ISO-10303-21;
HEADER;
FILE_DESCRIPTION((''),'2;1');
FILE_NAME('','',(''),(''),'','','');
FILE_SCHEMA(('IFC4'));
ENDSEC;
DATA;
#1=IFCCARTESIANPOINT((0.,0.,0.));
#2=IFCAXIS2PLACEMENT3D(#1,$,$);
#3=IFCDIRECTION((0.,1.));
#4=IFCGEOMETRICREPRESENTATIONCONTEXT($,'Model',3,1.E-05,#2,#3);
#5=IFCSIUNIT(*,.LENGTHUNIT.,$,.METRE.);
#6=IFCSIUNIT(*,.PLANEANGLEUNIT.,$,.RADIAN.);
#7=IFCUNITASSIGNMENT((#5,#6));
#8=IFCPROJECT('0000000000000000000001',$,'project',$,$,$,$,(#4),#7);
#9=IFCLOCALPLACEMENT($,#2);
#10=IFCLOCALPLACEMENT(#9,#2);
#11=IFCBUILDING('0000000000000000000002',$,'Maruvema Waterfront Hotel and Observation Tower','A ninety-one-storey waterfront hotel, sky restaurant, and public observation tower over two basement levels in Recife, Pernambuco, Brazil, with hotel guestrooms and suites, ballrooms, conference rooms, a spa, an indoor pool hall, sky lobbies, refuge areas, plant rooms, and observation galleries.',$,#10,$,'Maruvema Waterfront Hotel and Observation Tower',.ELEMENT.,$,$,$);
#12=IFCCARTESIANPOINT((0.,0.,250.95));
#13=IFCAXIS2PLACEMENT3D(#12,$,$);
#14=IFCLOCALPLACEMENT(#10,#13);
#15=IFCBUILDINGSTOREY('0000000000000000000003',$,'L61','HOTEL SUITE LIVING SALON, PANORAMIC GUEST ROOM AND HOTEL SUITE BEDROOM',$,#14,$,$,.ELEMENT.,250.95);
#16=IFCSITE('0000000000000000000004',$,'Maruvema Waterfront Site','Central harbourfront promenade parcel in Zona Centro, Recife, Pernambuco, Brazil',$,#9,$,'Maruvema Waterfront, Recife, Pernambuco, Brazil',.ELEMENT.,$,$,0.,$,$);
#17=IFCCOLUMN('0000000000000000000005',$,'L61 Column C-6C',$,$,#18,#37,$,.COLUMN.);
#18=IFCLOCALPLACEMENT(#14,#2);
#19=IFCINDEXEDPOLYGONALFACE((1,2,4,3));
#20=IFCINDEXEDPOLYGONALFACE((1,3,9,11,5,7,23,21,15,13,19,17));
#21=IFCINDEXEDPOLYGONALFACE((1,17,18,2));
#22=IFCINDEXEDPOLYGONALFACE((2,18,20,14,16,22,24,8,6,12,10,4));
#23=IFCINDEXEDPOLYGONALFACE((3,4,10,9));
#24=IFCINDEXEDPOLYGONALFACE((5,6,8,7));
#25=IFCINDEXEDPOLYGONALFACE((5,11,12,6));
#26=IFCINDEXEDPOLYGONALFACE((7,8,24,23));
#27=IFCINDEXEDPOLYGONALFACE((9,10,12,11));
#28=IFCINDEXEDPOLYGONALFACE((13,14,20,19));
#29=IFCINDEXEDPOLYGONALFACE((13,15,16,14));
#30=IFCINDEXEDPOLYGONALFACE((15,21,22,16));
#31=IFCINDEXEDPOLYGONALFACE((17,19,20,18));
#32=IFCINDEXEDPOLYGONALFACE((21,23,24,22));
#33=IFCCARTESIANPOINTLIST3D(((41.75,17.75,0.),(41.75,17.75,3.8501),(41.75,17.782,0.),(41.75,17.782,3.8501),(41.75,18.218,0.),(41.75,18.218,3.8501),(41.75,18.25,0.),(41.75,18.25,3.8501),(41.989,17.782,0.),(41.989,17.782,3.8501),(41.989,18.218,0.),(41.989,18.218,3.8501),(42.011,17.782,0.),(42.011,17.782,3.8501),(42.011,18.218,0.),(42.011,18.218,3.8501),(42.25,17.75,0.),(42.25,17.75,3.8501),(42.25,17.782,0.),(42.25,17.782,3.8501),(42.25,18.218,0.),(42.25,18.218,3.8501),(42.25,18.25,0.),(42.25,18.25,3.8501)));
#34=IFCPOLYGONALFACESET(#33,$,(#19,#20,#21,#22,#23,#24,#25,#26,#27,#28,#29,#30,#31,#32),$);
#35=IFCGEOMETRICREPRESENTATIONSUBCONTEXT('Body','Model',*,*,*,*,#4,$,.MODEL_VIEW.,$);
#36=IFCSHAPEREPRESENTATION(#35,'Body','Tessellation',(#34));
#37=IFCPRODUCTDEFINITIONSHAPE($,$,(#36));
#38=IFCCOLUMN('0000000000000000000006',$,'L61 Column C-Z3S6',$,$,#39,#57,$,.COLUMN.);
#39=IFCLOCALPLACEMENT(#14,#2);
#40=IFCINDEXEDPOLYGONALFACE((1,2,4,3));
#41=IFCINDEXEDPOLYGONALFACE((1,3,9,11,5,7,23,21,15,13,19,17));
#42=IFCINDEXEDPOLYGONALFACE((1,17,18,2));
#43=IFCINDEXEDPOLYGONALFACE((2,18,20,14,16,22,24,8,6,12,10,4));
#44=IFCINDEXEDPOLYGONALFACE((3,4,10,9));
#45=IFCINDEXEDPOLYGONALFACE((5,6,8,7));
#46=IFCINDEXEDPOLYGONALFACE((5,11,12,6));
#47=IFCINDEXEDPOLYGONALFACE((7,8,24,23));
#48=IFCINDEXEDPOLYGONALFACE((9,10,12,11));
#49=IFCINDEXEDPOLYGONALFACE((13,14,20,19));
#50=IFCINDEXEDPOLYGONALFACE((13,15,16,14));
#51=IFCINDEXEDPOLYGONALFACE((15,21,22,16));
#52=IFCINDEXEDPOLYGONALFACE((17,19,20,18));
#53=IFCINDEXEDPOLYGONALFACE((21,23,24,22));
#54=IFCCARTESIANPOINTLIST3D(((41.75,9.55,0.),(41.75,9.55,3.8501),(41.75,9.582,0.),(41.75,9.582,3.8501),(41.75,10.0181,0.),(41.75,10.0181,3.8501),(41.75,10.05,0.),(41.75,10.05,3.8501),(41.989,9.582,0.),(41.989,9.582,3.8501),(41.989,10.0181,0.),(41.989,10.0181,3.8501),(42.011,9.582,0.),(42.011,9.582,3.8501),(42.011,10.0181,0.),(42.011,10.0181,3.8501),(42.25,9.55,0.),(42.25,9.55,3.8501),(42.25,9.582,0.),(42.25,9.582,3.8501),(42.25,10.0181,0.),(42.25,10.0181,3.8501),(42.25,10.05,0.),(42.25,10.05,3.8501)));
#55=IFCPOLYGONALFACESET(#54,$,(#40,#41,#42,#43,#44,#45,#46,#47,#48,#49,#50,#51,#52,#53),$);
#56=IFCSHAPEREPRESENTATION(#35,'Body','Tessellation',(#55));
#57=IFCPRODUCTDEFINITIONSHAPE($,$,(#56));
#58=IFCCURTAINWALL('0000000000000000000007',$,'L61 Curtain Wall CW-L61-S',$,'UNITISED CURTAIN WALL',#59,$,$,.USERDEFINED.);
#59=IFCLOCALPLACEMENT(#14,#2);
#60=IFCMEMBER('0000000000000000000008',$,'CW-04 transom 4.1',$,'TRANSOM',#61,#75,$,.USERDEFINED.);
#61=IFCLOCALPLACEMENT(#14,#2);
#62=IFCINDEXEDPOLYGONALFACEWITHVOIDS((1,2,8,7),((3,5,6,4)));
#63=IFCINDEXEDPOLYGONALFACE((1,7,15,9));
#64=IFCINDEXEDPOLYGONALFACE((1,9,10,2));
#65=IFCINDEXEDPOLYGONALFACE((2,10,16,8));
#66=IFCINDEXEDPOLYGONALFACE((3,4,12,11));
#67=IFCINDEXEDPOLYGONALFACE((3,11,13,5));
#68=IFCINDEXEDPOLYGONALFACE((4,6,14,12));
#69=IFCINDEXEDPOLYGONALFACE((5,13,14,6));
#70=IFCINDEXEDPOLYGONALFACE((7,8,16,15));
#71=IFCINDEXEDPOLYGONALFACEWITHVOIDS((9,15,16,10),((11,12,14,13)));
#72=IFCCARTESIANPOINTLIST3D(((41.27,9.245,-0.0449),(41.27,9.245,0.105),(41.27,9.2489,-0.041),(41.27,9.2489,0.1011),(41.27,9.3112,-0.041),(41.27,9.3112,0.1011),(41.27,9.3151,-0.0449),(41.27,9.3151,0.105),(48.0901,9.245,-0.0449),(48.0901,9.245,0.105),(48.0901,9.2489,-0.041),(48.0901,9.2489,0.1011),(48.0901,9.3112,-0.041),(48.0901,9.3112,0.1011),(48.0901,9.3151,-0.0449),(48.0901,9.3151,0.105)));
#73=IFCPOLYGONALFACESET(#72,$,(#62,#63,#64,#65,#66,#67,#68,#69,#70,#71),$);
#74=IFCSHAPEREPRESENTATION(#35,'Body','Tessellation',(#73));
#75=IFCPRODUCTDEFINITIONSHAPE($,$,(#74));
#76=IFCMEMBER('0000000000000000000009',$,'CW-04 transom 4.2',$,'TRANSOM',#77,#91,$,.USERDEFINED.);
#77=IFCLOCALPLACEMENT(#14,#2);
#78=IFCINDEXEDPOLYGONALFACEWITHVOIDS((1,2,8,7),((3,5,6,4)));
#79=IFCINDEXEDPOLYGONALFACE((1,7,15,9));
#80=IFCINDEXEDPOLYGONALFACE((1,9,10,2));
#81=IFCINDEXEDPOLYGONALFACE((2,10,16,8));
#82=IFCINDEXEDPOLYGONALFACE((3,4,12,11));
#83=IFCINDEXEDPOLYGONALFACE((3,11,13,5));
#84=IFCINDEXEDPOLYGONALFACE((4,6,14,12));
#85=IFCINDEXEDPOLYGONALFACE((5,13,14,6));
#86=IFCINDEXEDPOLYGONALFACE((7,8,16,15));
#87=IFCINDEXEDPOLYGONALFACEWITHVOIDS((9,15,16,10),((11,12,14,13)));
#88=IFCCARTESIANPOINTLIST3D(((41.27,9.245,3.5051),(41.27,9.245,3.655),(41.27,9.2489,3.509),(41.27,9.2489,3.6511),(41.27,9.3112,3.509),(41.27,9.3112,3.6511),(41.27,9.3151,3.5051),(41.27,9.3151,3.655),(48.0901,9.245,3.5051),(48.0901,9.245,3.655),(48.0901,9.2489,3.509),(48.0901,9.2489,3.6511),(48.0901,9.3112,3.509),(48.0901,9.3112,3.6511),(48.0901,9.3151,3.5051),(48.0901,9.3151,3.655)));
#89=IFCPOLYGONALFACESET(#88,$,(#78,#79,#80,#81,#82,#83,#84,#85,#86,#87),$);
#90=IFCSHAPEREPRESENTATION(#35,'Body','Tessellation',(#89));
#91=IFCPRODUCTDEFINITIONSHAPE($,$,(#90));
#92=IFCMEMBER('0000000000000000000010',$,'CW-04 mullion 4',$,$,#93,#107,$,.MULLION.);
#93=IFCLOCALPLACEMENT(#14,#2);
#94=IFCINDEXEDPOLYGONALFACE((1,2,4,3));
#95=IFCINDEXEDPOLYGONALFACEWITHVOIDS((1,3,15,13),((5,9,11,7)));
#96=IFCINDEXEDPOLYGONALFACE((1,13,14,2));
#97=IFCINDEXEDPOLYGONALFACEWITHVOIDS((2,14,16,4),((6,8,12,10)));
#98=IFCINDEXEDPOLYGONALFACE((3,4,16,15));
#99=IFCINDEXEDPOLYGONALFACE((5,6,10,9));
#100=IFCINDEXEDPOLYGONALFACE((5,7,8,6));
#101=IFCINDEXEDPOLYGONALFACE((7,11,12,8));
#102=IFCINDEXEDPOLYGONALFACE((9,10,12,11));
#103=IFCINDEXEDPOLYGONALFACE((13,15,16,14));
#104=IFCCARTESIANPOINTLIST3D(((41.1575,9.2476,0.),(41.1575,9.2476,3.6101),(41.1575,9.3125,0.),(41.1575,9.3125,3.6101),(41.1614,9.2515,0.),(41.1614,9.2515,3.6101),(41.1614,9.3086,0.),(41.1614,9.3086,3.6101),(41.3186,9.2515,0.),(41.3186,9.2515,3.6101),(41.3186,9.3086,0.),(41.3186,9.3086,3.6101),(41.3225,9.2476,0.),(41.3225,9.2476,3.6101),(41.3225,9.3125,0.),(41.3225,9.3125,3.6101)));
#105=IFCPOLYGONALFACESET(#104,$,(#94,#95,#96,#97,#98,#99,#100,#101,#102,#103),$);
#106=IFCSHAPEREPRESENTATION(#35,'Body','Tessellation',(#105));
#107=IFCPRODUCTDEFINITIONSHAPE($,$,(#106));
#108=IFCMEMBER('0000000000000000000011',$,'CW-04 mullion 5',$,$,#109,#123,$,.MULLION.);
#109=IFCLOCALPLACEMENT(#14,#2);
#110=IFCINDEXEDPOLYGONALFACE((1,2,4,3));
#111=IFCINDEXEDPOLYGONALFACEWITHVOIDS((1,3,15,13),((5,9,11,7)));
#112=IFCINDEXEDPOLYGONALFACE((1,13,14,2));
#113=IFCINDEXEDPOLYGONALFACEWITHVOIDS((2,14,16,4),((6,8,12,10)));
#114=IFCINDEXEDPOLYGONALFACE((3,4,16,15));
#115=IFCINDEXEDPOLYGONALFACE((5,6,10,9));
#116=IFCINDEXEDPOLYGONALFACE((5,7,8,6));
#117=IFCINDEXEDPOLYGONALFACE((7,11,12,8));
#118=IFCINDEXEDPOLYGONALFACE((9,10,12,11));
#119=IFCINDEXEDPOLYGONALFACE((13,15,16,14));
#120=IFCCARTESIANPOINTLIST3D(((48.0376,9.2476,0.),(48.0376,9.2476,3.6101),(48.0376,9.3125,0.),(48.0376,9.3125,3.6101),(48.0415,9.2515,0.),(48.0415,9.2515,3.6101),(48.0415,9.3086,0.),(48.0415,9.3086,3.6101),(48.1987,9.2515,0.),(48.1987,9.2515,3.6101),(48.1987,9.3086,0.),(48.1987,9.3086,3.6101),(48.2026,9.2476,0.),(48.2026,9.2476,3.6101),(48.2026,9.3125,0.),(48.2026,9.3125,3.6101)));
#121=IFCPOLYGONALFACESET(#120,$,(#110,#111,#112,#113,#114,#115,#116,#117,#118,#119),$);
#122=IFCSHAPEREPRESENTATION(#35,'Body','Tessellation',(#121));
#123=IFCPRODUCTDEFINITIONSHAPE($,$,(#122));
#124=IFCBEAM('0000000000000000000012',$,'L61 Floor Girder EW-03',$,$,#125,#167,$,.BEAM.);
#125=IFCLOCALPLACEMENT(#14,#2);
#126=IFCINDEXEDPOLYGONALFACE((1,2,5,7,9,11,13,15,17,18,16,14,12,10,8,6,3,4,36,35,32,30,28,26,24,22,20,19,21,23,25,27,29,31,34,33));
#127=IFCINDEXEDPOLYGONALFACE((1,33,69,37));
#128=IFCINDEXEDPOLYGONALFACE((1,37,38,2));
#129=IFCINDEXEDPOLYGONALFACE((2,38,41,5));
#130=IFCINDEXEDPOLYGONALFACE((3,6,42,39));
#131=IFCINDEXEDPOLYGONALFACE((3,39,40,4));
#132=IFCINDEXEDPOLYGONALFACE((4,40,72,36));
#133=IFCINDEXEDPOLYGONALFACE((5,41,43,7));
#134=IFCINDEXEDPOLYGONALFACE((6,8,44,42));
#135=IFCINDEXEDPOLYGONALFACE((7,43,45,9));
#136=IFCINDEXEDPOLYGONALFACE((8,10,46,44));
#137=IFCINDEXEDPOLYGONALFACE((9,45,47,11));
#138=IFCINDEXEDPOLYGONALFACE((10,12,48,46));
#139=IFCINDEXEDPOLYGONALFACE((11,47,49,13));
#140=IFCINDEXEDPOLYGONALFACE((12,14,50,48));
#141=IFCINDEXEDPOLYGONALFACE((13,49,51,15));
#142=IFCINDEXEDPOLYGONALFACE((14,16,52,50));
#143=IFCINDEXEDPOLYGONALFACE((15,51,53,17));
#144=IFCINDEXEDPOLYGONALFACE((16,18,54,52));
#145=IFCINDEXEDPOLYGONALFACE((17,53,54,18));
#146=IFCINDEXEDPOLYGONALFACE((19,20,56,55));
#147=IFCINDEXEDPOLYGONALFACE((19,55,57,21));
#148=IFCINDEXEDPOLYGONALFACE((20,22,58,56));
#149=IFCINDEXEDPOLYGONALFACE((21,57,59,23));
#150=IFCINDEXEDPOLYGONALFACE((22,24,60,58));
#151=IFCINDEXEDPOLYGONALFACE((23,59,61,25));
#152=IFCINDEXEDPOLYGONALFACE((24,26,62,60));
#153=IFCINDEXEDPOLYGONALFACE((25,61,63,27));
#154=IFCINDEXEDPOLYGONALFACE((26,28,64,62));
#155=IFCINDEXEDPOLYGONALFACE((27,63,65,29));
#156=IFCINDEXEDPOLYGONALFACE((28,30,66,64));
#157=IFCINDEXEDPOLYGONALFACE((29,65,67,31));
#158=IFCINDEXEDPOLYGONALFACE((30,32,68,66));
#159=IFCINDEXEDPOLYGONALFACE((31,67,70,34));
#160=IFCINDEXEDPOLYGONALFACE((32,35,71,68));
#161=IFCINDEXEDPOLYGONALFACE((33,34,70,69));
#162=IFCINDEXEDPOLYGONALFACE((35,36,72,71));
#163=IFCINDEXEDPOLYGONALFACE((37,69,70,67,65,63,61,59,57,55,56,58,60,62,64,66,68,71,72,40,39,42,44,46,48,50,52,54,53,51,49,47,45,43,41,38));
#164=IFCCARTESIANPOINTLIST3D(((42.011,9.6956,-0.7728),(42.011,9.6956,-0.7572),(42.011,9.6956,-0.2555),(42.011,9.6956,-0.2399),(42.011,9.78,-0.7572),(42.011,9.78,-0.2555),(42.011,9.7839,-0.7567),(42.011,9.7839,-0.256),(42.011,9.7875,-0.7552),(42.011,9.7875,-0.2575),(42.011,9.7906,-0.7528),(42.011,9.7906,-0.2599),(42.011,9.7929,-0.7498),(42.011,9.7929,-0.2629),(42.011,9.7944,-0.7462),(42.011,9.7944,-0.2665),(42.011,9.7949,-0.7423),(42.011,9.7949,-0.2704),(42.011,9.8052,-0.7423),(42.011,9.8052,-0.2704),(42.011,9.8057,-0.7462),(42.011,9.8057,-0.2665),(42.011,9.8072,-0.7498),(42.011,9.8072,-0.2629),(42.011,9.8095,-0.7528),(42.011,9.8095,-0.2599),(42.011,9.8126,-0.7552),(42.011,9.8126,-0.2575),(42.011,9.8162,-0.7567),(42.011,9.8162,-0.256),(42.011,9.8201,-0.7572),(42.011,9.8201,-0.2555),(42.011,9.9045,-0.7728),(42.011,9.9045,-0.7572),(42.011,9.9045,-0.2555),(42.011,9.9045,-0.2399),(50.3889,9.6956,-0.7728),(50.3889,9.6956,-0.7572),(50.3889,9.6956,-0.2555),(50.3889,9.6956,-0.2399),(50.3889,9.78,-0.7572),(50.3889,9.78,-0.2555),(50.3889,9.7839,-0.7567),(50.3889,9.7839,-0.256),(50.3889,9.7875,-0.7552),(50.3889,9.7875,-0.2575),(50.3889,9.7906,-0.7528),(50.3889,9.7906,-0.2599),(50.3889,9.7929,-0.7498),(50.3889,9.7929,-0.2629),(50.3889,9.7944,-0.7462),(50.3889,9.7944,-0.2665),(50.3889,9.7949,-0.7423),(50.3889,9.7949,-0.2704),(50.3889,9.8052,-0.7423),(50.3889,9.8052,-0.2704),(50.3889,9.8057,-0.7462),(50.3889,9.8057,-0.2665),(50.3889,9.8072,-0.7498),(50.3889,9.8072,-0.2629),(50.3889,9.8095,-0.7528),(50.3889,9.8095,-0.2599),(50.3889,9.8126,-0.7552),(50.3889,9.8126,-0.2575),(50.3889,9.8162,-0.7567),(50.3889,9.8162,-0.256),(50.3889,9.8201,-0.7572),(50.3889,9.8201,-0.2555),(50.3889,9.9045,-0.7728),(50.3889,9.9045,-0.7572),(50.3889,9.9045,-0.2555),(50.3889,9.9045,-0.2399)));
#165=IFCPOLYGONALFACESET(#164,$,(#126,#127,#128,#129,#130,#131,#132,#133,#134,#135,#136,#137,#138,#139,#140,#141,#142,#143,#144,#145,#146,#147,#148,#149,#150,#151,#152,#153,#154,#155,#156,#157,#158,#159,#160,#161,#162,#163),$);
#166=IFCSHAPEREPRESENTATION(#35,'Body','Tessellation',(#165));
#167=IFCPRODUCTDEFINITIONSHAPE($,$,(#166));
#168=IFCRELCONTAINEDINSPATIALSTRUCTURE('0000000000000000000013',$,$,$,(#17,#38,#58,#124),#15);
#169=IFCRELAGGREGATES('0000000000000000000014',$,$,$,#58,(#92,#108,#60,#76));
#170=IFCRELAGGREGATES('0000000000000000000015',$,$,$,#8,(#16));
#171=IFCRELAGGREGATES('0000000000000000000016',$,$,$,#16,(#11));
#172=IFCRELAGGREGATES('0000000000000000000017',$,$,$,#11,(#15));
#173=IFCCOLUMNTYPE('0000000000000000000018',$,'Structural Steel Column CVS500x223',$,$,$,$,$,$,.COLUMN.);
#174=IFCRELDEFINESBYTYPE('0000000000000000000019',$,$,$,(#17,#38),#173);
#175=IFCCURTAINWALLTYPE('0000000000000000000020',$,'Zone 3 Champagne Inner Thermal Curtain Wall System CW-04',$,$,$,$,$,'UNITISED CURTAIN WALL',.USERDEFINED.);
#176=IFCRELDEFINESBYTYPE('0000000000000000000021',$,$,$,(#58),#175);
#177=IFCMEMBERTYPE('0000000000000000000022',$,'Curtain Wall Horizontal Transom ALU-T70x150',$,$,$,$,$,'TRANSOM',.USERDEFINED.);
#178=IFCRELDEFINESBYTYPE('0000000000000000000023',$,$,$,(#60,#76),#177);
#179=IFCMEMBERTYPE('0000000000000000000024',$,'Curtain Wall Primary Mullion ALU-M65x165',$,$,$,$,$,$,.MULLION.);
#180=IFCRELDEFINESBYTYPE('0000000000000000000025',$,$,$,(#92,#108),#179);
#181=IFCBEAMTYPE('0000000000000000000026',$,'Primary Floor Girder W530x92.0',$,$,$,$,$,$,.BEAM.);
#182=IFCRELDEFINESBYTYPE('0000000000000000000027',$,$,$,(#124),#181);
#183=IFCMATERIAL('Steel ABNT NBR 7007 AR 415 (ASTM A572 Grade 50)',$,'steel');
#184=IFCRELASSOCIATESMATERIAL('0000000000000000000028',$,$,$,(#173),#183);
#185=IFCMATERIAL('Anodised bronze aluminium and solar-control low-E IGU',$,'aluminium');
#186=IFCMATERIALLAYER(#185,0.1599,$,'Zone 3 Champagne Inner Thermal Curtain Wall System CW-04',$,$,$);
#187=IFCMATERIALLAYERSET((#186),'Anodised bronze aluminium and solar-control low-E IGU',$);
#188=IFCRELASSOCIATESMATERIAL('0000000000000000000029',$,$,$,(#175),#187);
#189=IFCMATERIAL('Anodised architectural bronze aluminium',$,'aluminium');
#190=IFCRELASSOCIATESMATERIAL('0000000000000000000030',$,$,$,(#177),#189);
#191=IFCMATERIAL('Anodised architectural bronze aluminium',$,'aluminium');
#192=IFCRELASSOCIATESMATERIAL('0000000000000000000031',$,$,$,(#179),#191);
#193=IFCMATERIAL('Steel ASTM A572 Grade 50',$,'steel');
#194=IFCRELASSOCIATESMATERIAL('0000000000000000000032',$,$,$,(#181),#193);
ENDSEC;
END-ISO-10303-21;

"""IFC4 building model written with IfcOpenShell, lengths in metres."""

from ifc_helpers import new_model, si_unit, direction, frame, origin, origin_2d, place, context, subcontext, project, spatial, hollow_rectangle, i_section, extrude, material, layer, layer_set, material_profile, profile_set, type_object, element, aggregate, save


model = new_model("IFC4")

# Units and contexts
model_context = context("Model", 3, precision=1e-05, world=origin(), true_north=direction((0.0, 1.0)))
body_context = subcontext(model_context, "Body", "Model", "MODEL_VIEW")
ifc_project = project(units=[si_unit("LENGTHUNIT", "METRE"), si_unit("PLANEANGLEUNIT", "RADIAN")], contexts=[model_context])

# Site, building, storey
site_placement = place(None, origin())
site = spatial("IfcSite", under=ifc_project, at=site_placement, Name="Maruvema Waterfront Site", Description="Central harbourfront promenade parcel in Zona Centro, Recife, Pernambuco, Brazil", LongName="Maruvema Waterfront, Recife, Pernambuco, Brazil", CompositionType="ELEMENT", RefElevation=0.0)
building_placement = place(site_placement, origin())
building = spatial("IfcBuilding", under=site, at=building_placement, Name="Maruvema Waterfront Hotel and Observation Tower", Description="A ninety-one-storey waterfront hotel, sky restaurant, and public observation tower over two basement levels in Recife, Pernambuco, Brazil, with hotel guestrooms and suites, ballrooms, conference rooms, a spa, an indoor pool hall, sky lobbies, refuge areas, plant rooms, and observation galleries.", LongName="Maruvema Waterfront Hotel and Observation Tower", CompositionType="ELEMENT")
storey_placement = place(building_placement, frame((0.0, 0.0, 250.95)))
storey = spatial("IfcBuildingStorey", under=building, at=storey_placement, Name="L61", Description="HOTEL SUITE LIVING SALON, PANORAMIC GUEST ROOM AND HOTEL SUITE BEDROOM", CompositionType="ELEMENT", Elevation=250.95)

# Columns
ifc_material_1 = material(Name="Steel ABNT NBR 7007 AR 415 (ASTM A572 Grade 50)", Category="steel")
ifc_material_profile_1 = material_profile(ifc_material_1, i_section(OverallWidth=0.5, OverallDepth=0.5, WebThickness=0.022, FlangeThickness=0.032, at=origin_2d()), Name="CVS500x223")
ifc_profile_set_1 = profile_set([ifc_material_profile_1], Name="Steel ABNT NBR 7007 AR 415 (ASTM A572 Grade 50)")
column_type = type_object("IfcColumnType", Name="Structural Steel Column CVS500x223", PredefinedType="COLUMN", material=ifc_profile_set_1)
for number, where, z_axis, x_axis, name in (
    (1, (42.0, 18.0, 0.0), (0.0, 0.0, 1.0), (1.0, 0.0, 0.0), "L61 Column C-6C"),
    (2, (42.0, 9.8, 0.0), (0.0, 0.0, 1.0), (1.0, 0.0, 0.0), "L61 Column C-Z3S6"),
):
    element("IfcColumn", number, at=place(storey_placement, frame(where, z_axis=z_axis, x_axis=x_axis)), inside=storey, type_object=column_type, Name=name, PredefinedType="COLUMN", context=body_context, shape_type="SweptSolid", body=[
        extrude(i_section(OverallWidth=0.5, OverallDepth=0.5, WebThickness=0.022, FlangeThickness=0.032, at=origin_2d()), origin(), (0.0, 0.0, 1.0), 3.8501),
    ])

# Curtain wall, members
ifc_material_2 = material(Name="Anodised bronze aluminium and solar-control low-E IGU", Category="aluminium")
ifc_layer_1 = layer(ifc_material_2, 0.1599, Name="Zone 3 Champagne Inner Thermal Curtain Wall System CW-04")
ifc_layer_set_1 = layer_set([ifc_layer_1], Name="Anodised bronze aluminium and solar-control low-E IGU")
curtain_wall_type = type_object("IfcCurtainWallType", Name="Zone 3 Champagne Inner Thermal Curtain Wall System CW-04", ElementType="UNITISED CURTAIN WALL", PredefinedType="USERDEFINED", material=ifc_layer_set_1)
curtain_wall_placement = place(storey_placement, origin())
curtain_wall = element("IfcCurtainWall", 3, at=curtain_wall_placement, inside=storey, type_object=curtain_wall_type, Name="L61 Curtain Wall CW-L61-S", ObjectType="UNITISED CURTAIN WALL", PredefinedType="USERDEFINED")
ifc_material_3 = material(Name="Anodised architectural bronze aluminium", Category="aluminium")
ifc_material_profile_2 = material_profile(ifc_material_3, hollow_rectangle(XDim=0.0701, YDim=0.1499, WallThickness=0.0039, at=origin_2d()), Name="ALU-T70x150")
ifc_profile_set_2 = profile_set([ifc_material_profile_2], Name="Anodised architectural bronze aluminium")
member_type_1 = type_object("IfcMemberType", Name="Curtain Wall Horizontal Transom ALU-T70x150", ElementType="TRANSOM", PredefinedType="USERDEFINED", material=ifc_profile_set_2)
member_1_placement = place(storey_placement, frame((41.27, 9.28, 0.03), z_axis=(1.0, 0.0, 0.0), x_axis=(0.0, 1.0, 0.0)))
member_1 = element("IfcMember", 4, at=member_1_placement, type_object=member_type_1, Name="CW-04 transom 4.1", ObjectType="TRANSOM", PredefinedType="USERDEFINED", context=body_context, shape_type="SweptSolid", body=[
    extrude(hollow_rectangle(XDim=0.0701, YDim=0.1499, WallThickness=0.0039, at=origin_2d()), origin(), (0.0, 0.0, 1.0), 6.8201),
])
member_2_placement = place(storey_placement, frame((41.27, 9.28, 3.5801), z_axis=(1.0, 0.0, 0.0), x_axis=(0.0, 1.0, 0.0)))
member_2 = element("IfcMember", 5, at=member_2_placement, type_object=member_type_1, Name="CW-04 transom 4.2", ObjectType="TRANSOM", PredefinedType="USERDEFINED", context=body_context, shape_type="SweptSolid", body=[
    extrude(hollow_rectangle(XDim=0.0701, YDim=0.1499, WallThickness=0.0039, at=origin_2d()), origin(), (0.0, 0.0, 1.0), 6.8201),
])
ifc_material_4 = material(Name="Anodised architectural bronze aluminium", Category="aluminium")
ifc_material_profile_3 = material_profile(ifc_material_4, hollow_rectangle(XDim=0.0649, YDim=0.165, WallThickness=0.0039, at=origin_2d()), Name="ALU-M65x165")
ifc_profile_set_3 = profile_set([ifc_material_profile_3], Name="Anodised architectural bronze aluminium")
member_type_2 = type_object("IfcMemberType", Name="Curtain Wall Primary Mullion ALU-M65x165", PredefinedType="MULLION", material=ifc_profile_set_3)
member_3_placement = place(storey_placement, frame((41.24, 9.28, 0.0), z_axis=(0.0, 0.0, 1.0), x_axis=(0.0, 1.0, 0.0)))
member_3 = element("IfcMember", 6, at=member_3_placement, type_object=member_type_2, Name="CW-04 mullion 4", PredefinedType="MULLION", context=body_context, shape_type="SweptSolid", body=[
    extrude(hollow_rectangle(XDim=0.0649, YDim=0.165, WallThickness=0.0039, at=origin_2d()), origin(), (0.0, 0.0, 1.0), 3.6101),
])
member_4_placement = place(storey_placement, frame((48.1201, 9.28, 0.0), z_axis=(0.0, 0.0, 1.0), x_axis=(0.0, 1.0, 0.0)))
member_4 = element("IfcMember", 7, at=member_4_placement, type_object=member_type_2, Name="CW-04 mullion 5", PredefinedType="MULLION", context=body_context, shape_type="SweptSolid", body=[
    extrude(hollow_rectangle(XDim=0.0649, YDim=0.165, WallThickness=0.0039, at=origin_2d()), origin(), (0.0, 0.0, 1.0), 3.6101),
])

# Beam
ifc_material_5 = material(Name="Steel ASTM A572 Grade 50", Category="steel")
ifc_material_profile_4 = material_profile(ifc_material_5, i_section(OverallWidth=0.209, OverallDepth=0.533, WebThickness=0.0103, FlangeThickness=0.0156, FilletRadius=0.0149, at=origin_2d()), Name="W530x92.0")
ifc_profile_set_4 = profile_set([ifc_material_profile_4], Name="Steel ASTM A572 Grade 50")
beam_type_1 = type_object("IfcBeamType", Name="Primary Floor Girder W530x92.0", PredefinedType="BEAM", material=ifc_profile_set_4)
beam_1_placement = place(storey_placement, frame((42.011, 9.8, -0.5063), z_axis=(1.0, 0.0, 0.0), x_axis=(0.0, 1.0, 0.0)))
element("IfcBeam", 8, at=beam_1_placement, inside=storey, type_object=beam_type_1, Name="L61 Floor Girder EW-03", PredefinedType="BEAM", context=body_context, shape_type="SweptSolid", body=[
    extrude(i_section(OverallWidth=0.209, OverallDepth=0.533, WebThickness=0.0103, FlangeThickness=0.0156, FilletRadius=0.0149, at=origin_2d()), origin(), (0.0, 0.0, 1.0), 8.3779),
])

aggregate(curtain_wall, [member_3, member_4, member_1, member_2])

save(model, "model.ifc")
